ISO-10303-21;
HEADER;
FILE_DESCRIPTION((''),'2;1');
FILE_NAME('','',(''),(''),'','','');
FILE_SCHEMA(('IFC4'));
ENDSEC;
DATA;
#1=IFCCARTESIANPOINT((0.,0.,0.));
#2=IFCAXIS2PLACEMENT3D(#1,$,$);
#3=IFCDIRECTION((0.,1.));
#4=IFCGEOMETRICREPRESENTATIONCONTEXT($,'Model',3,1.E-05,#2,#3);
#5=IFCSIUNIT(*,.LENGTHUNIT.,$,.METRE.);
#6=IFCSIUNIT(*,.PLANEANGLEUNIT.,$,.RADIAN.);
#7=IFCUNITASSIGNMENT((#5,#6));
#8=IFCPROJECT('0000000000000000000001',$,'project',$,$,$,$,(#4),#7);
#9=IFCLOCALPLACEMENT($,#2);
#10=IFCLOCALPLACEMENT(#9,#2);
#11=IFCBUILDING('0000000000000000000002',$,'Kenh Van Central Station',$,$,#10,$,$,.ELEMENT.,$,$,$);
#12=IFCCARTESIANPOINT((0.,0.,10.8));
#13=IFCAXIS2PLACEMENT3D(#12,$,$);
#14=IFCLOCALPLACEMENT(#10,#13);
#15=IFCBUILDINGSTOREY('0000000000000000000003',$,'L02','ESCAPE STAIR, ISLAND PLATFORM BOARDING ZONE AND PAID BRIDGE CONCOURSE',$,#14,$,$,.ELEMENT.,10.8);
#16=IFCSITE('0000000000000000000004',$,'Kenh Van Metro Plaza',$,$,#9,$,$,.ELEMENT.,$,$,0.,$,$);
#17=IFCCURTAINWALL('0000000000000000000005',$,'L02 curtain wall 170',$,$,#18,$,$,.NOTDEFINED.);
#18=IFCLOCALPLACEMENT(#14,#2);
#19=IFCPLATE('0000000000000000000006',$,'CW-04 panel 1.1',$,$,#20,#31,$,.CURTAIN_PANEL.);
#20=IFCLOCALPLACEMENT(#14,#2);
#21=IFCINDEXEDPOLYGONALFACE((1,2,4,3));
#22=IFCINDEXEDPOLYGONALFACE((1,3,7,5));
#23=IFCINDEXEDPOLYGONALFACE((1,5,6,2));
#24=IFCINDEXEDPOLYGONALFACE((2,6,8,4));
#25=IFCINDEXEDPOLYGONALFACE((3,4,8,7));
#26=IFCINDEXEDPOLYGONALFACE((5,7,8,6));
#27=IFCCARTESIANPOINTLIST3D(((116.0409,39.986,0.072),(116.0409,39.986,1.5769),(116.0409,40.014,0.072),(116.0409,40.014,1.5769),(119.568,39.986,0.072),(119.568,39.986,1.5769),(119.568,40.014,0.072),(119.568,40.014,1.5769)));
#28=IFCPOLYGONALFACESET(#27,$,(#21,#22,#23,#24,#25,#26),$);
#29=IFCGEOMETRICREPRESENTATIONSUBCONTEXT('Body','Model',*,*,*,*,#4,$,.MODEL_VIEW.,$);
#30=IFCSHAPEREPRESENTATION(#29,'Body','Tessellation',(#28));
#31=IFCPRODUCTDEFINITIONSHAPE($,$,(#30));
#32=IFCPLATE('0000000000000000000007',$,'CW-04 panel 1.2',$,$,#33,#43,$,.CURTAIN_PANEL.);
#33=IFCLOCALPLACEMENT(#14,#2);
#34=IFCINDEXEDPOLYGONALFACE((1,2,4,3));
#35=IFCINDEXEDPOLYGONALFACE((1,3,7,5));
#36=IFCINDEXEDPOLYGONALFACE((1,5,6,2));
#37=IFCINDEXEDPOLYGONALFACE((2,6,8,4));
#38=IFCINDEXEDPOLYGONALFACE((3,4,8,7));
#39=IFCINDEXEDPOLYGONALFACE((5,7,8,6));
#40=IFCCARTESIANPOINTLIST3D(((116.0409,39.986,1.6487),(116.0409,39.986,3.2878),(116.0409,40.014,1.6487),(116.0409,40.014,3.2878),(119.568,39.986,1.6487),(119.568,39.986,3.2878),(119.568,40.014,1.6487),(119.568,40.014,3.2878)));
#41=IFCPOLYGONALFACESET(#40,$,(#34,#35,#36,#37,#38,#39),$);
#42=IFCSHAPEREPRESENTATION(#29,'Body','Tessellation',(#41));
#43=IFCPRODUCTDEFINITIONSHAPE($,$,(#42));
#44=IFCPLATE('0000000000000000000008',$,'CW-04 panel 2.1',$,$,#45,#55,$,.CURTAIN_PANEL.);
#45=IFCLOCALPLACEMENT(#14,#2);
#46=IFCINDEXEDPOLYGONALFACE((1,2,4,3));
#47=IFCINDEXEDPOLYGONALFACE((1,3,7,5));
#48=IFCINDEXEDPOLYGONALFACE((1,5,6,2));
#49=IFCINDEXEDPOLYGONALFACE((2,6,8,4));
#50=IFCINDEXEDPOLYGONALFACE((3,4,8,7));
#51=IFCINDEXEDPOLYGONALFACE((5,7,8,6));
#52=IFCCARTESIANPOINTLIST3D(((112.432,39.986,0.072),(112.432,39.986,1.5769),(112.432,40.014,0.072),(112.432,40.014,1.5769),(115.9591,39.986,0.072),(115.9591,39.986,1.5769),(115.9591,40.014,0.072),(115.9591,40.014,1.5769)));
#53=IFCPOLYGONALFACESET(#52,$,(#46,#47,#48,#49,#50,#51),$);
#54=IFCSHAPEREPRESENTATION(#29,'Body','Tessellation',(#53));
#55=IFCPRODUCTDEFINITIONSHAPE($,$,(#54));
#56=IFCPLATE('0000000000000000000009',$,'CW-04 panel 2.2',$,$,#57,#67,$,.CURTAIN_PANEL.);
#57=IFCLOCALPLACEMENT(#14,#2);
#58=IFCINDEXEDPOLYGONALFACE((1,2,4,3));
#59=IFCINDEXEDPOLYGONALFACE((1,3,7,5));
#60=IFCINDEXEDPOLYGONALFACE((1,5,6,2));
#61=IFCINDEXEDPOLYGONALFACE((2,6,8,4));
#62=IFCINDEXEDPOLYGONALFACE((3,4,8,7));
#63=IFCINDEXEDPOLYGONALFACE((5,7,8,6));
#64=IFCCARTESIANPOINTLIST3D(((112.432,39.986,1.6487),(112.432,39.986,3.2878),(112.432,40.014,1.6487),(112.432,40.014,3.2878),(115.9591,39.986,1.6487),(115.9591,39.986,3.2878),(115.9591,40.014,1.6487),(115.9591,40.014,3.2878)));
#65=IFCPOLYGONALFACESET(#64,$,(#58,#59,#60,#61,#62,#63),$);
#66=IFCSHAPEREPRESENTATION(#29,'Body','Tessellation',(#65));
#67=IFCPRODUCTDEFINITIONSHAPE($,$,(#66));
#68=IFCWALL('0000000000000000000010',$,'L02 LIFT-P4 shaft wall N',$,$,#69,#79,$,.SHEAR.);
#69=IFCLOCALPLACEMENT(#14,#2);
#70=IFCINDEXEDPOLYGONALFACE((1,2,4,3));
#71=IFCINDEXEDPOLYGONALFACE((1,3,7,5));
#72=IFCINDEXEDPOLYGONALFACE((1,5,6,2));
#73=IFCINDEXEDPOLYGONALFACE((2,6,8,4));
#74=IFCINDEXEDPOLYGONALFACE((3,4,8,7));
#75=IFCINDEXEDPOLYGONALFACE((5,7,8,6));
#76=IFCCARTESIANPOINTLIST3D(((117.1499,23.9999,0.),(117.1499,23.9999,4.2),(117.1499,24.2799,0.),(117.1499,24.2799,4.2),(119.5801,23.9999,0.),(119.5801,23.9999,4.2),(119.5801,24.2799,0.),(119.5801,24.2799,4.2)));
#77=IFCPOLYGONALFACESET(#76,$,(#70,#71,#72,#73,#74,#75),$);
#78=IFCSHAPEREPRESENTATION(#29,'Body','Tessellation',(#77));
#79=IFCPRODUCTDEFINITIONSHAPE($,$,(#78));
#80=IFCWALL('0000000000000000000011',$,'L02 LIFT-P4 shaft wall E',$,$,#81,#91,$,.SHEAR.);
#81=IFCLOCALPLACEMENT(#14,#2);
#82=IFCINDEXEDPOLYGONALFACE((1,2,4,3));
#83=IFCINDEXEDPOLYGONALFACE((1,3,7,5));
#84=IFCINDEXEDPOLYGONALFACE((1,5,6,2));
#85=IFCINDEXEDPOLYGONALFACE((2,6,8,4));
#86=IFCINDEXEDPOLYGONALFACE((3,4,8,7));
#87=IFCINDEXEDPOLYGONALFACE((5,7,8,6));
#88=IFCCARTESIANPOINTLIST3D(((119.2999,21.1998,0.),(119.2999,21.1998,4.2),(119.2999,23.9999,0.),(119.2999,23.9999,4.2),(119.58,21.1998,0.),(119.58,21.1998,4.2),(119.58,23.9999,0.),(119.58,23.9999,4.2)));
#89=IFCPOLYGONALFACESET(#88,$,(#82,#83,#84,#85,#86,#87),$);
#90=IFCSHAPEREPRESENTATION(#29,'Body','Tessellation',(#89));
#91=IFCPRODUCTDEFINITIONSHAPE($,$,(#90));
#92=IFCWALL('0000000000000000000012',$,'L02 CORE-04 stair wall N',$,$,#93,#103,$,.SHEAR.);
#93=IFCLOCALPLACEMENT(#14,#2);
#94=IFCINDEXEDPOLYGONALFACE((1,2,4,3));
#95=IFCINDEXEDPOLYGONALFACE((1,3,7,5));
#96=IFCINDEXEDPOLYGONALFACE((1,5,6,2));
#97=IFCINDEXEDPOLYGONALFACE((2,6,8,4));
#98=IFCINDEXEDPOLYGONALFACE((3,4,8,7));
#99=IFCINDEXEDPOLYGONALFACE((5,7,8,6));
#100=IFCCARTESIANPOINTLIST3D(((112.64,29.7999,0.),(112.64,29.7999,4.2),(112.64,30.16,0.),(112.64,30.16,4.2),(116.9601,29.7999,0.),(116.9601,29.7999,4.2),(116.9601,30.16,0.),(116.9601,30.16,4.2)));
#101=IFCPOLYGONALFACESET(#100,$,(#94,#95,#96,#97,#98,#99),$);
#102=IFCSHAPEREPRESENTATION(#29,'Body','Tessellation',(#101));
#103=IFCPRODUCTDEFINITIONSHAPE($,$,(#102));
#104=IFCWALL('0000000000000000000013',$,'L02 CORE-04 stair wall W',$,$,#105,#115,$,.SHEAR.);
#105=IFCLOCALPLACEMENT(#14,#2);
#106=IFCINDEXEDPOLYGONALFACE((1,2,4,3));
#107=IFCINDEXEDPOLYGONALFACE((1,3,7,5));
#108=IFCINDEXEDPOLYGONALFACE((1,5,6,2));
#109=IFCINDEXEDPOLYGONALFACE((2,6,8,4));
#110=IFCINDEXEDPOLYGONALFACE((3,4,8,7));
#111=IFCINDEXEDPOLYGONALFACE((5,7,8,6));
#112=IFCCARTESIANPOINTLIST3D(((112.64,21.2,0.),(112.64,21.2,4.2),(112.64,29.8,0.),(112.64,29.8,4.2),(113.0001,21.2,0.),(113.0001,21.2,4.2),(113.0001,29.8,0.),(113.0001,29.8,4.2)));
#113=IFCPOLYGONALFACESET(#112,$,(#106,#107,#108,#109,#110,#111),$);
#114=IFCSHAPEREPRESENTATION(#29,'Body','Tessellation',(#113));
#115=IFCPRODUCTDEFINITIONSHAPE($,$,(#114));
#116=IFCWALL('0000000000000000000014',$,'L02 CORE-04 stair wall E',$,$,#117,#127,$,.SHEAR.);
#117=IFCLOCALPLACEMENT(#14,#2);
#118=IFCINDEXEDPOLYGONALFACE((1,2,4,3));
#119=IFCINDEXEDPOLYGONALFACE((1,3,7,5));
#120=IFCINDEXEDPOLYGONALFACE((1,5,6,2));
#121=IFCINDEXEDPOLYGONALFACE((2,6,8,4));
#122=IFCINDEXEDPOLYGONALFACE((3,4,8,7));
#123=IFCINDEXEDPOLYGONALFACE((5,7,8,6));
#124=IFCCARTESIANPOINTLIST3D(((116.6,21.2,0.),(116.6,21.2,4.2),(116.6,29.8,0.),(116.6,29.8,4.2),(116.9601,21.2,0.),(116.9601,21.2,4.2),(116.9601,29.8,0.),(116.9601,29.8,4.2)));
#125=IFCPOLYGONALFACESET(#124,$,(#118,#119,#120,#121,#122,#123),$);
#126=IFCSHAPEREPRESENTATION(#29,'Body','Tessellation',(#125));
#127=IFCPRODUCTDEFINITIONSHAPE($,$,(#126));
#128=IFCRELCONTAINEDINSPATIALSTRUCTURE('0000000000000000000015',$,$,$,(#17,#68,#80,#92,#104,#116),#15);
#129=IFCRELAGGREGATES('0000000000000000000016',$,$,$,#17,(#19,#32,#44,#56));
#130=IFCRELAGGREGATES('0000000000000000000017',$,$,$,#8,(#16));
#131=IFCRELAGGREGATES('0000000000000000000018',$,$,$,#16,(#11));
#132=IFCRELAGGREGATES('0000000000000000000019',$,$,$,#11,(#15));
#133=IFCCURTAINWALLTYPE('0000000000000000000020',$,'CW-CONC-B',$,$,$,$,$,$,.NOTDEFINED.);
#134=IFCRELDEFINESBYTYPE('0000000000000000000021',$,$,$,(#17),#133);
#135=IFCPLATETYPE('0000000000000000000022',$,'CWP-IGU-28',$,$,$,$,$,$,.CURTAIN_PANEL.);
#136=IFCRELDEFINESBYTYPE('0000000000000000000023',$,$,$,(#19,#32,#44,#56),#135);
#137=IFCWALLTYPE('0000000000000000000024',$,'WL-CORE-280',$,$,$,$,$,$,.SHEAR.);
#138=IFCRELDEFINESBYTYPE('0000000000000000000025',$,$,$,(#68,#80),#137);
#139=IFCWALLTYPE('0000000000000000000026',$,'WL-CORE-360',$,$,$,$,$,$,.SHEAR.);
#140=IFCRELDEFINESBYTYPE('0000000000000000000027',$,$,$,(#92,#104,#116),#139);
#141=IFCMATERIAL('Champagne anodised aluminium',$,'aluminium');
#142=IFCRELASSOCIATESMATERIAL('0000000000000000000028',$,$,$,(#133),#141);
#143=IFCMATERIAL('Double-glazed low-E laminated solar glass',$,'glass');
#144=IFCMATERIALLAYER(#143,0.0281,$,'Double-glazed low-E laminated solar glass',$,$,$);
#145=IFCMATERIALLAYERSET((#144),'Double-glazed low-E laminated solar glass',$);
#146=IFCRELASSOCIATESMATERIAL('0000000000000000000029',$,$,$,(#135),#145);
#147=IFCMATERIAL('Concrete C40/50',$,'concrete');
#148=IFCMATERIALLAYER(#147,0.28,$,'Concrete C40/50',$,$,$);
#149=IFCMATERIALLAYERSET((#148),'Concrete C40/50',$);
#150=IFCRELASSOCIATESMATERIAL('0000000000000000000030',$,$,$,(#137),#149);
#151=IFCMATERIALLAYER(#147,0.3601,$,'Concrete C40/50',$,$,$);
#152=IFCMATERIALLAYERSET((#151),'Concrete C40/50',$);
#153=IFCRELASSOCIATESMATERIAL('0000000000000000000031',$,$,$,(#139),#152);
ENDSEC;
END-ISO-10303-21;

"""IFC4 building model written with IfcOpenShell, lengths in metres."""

from ifc_helpers import new_model, si_unit, direction, frame, frame_2d, origin, origin_2d, place, context, subcontext, project, spatial, rectangle, extrude, material, layer, layer_set, type_object, element, aggregate, save


model = new_model("IFC4")

# Units and contexts
model_context = context("Model", 3, precision=1e-05, world=origin(), true_north=direction((0.0, 1.0)))
body_context = subcontext(model_context, "Body", "Model", "MODEL_VIEW")
ifc_project = project(units=[si_unit("LENGTHUNIT", "METRE"), si_unit("PLANEANGLEUNIT", "RADIAN")], contexts=[model_context])

# Site, building, storey
site_placement = place(None, origin())
site = spatial("IfcSite", under=ifc_project, at=site_placement, Name="Kenh Van Metro Plaza", CompositionType="ELEMENT", RefElevation=0.0)
building_placement = place(site_placement, origin())
building = spatial("IfcBuilding", under=site, at=building_placement, Name="Kenh Van Central Station", CompositionType="ELEMENT")
storey_placement = place(building_placement, frame((0.0, 0.0, 10.8)))
storey = spatial("IfcBuildingStorey", under=building, at=storey_placement, Name="L02", Description="ESCAPE STAIR, ISLAND PLATFORM BOARDING ZONE AND PAID BRIDGE CONCOURSE", CompositionType="ELEMENT", Elevation=10.8)

# Shared definitions
ifc_material_1 = material(Name="Concrete C40/50", Category="concrete")

# Curtain wall
ifc_material_2 = material(Name="Champagne anodised aluminium", Category="aluminium")
curtain_wall_type = type_object("IfcCurtainWallType", Name="CW-CONC-B", PredefinedType="NOTDEFINED", material=ifc_material_2)
curtain_wall_1_placement = place(storey_placement, origin())
curtain_wall_1 = element("IfcCurtainWall", 1, at=curtain_wall_1_placement, inside=storey, type_object=curtain_wall_type, Name="L02 curtain wall 170", PredefinedType="NOTDEFINED")

# Plates
ifc_material_3 = material(Name="Double-glazed low-E laminated solar glass", Category="glass")
ifc_layer_1 = layer(ifc_material_3, 0.0281, Name="Double-glazed low-E laminated solar glass")
ifc_layer_set_1 = layer_set([ifc_layer_1], Name="Double-glazed low-E laminated solar glass")
plate_type = type_object("IfcPlateType", Name="CWP-IGU-28", PredefinedType="CURTAIN_PANEL", material=ifc_layer_set_1)
plate_1_placement = place(storey_placement, frame((117.8044, 40.0, 0.072), z_axis=(0.0, 0.0, 1.0), x_axis=(-1.0, 0.0, 0.0)))
plate_1 = element("IfcPlate", 2, at=plate_1_placement, type_object=plate_type, Name="CW-04 panel 1.1", PredefinedType="CURTAIN_PANEL", context=body_context, shape_type="SweptSolid", body=[
    extrude(rectangle(XDim=3.5271, YDim=0.0281, at=origin_2d()), origin(), (0.0, 0.0, 1.0), 1.5049),
])
plate_2_placement = place(storey_placement, frame((117.8044, 40.0, 1.6487), z_axis=(0.0, 0.0, 1.0), x_axis=(-1.0, 0.0, 0.0)))
plate_2 = element("IfcPlate", 3, at=plate_2_placement, type_object=plate_type, Name="CW-04 panel 1.2", PredefinedType="CURTAIN_PANEL", context=body_context, shape_type="SweptSolid", body=[
    extrude(rectangle(XDim=3.5271, YDim=0.0281, at=origin_2d()), origin(), (0.0, 0.0, 1.0), 1.6392),
])
plate_3_placement = place(storey_placement, frame((114.1956, 40.0, 0.072), z_axis=(0.0, 0.0, 1.0), x_axis=(-1.0, 0.0, 0.0)))
plate_3 = element("IfcPlate", 4, at=plate_3_placement, type_object=plate_type, Name="CW-04 panel 2.1", PredefinedType="CURTAIN_PANEL", context=body_context, shape_type="SweptSolid", body=[
    extrude(rectangle(XDim=3.5271, YDim=0.0281, at=origin_2d()), origin(), (0.0, 0.0, 1.0), 1.5049),
])
plate_4_placement = place(storey_placement, frame((114.1956, 40.0, 1.6487), z_axis=(0.0, 0.0, 1.0), x_axis=(-1.0, 0.0, 0.0)))
plate_4 = element("IfcPlate", 5, at=plate_4_placement, type_object=plate_type, Name="CW-04 panel 2.2", PredefinedType="CURTAIN_PANEL", context=body_context, shape_type="SweptSolid", body=[
    extrude(rectangle(XDim=3.5271, YDim=0.0281, at=origin_2d()), origin(), (0.0, 0.0, 1.0), 1.6392),
])
aggregate(curtain_wall_1, [plate_1, plate_2, plate_3, plate_4])

# Shared definitions
ifc_layer_2 = layer(ifc_material_1, 0.28, Name="Concrete C40/50")
ifc_layer_set_2 = layer_set([ifc_layer_2], Name="Concrete C40/50")
wall_type_1 = type_object("IfcWallType", Name="WL-CORE-280", PredefinedType="SHEAR", material=ifc_layer_set_2)

# Walls
wall_1_placement = place(storey_placement, frame((117.1499, 24.1399, 0.0), z_axis=(0.0, 0.0, 1.0), x_axis=(1.0, 0.0, 0.0)))
element("IfcWall", 6, at=wall_1_placement, inside=storey, type_object=wall_type_1, Name="L02 LIFT-P4 shaft wall N", PredefinedType="SHEAR", context=body_context, shape_type="SweptSolid", body=[
    extrude(rectangle(XDim=2.4302, YDim=0.28, at=frame_2d((1.2151, 0.0))), origin(), (0.0, 0.0, 1.0), 4.2),
])
wall_2_placement = place(storey_placement, frame((119.4399, 21.2, 0.0), z_axis=(0.0, 0.0, 1.0), x_axis=(0.0, 1.0, 0.0)))
element("IfcWall", 7, at=wall_2_placement, inside=storey, type_object=wall_type_1, Name="L02 LIFT-P4 shaft wall E", PredefinedType="SHEAR", context=body_context, shape_type="SweptSolid", body=[
    extrude(rectangle(XDim=2.8, YDim=0.28, at=frame_2d((1.3999, 0.0))), origin(), (0.0, 0.0, 1.0), 4.2),
])

# Shared definitions
ifc_layer_3 = layer(ifc_material_1, 0.3601, Name="Concrete C40/50")
ifc_layer_set_3 = layer_set([ifc_layer_3], Name="Concrete C40/50")
wall_type_2 = type_object("IfcWallType", Name="WL-CORE-360", PredefinedType="SHEAR", material=ifc_layer_set_3)

# Walls
wall_3_placement = place(storey_placement, frame((112.6399, 29.98, 0.0), z_axis=(0.0, 0.0, 1.0), x_axis=(1.0, 0.0, 0.0)))
element("IfcWall", 8, at=wall_3_placement, inside=storey, type_object=wall_type_2, Name="L02 CORE-04 stair wall N", PredefinedType="SHEAR", context=body_context, shape_type="SweptSolid", body=[
    extrude(rectangle(XDim=4.3201, YDim=0.3601, at=frame_2d((2.1602, 0.0))), origin(), (0.0, 0.0, 1.0), 4.2),
])
for number, where, z_axis, x_axis, name in (
    (9, (112.8201, 21.2, 0.0), (0.0, 0.0, 1.0), (0.0, 1.0, 0.0), "L02 CORE-04 stair wall W"),
    (10, (116.78, 21.2, 0.0), (0.0, 0.0, 1.0), (0.0, 1.0, 0.0), "L02 CORE-04 stair wall E"),
):
    element("IfcWall", number, at=place(storey_placement, frame(where, z_axis=z_axis, x_axis=x_axis)), inside=storey, type_object=wall_type_2, Name=name, PredefinedType="SHEAR", context=body_context, shape_type="SweptSolid", body=[
        extrude(rectangle(XDim=8.6001, YDim=0.3601, at=frame_2d((4.3, 0.0))), origin(), (0.0, 0.0, 1.0), 4.2),
    ])

save(model, "model.ifc")
